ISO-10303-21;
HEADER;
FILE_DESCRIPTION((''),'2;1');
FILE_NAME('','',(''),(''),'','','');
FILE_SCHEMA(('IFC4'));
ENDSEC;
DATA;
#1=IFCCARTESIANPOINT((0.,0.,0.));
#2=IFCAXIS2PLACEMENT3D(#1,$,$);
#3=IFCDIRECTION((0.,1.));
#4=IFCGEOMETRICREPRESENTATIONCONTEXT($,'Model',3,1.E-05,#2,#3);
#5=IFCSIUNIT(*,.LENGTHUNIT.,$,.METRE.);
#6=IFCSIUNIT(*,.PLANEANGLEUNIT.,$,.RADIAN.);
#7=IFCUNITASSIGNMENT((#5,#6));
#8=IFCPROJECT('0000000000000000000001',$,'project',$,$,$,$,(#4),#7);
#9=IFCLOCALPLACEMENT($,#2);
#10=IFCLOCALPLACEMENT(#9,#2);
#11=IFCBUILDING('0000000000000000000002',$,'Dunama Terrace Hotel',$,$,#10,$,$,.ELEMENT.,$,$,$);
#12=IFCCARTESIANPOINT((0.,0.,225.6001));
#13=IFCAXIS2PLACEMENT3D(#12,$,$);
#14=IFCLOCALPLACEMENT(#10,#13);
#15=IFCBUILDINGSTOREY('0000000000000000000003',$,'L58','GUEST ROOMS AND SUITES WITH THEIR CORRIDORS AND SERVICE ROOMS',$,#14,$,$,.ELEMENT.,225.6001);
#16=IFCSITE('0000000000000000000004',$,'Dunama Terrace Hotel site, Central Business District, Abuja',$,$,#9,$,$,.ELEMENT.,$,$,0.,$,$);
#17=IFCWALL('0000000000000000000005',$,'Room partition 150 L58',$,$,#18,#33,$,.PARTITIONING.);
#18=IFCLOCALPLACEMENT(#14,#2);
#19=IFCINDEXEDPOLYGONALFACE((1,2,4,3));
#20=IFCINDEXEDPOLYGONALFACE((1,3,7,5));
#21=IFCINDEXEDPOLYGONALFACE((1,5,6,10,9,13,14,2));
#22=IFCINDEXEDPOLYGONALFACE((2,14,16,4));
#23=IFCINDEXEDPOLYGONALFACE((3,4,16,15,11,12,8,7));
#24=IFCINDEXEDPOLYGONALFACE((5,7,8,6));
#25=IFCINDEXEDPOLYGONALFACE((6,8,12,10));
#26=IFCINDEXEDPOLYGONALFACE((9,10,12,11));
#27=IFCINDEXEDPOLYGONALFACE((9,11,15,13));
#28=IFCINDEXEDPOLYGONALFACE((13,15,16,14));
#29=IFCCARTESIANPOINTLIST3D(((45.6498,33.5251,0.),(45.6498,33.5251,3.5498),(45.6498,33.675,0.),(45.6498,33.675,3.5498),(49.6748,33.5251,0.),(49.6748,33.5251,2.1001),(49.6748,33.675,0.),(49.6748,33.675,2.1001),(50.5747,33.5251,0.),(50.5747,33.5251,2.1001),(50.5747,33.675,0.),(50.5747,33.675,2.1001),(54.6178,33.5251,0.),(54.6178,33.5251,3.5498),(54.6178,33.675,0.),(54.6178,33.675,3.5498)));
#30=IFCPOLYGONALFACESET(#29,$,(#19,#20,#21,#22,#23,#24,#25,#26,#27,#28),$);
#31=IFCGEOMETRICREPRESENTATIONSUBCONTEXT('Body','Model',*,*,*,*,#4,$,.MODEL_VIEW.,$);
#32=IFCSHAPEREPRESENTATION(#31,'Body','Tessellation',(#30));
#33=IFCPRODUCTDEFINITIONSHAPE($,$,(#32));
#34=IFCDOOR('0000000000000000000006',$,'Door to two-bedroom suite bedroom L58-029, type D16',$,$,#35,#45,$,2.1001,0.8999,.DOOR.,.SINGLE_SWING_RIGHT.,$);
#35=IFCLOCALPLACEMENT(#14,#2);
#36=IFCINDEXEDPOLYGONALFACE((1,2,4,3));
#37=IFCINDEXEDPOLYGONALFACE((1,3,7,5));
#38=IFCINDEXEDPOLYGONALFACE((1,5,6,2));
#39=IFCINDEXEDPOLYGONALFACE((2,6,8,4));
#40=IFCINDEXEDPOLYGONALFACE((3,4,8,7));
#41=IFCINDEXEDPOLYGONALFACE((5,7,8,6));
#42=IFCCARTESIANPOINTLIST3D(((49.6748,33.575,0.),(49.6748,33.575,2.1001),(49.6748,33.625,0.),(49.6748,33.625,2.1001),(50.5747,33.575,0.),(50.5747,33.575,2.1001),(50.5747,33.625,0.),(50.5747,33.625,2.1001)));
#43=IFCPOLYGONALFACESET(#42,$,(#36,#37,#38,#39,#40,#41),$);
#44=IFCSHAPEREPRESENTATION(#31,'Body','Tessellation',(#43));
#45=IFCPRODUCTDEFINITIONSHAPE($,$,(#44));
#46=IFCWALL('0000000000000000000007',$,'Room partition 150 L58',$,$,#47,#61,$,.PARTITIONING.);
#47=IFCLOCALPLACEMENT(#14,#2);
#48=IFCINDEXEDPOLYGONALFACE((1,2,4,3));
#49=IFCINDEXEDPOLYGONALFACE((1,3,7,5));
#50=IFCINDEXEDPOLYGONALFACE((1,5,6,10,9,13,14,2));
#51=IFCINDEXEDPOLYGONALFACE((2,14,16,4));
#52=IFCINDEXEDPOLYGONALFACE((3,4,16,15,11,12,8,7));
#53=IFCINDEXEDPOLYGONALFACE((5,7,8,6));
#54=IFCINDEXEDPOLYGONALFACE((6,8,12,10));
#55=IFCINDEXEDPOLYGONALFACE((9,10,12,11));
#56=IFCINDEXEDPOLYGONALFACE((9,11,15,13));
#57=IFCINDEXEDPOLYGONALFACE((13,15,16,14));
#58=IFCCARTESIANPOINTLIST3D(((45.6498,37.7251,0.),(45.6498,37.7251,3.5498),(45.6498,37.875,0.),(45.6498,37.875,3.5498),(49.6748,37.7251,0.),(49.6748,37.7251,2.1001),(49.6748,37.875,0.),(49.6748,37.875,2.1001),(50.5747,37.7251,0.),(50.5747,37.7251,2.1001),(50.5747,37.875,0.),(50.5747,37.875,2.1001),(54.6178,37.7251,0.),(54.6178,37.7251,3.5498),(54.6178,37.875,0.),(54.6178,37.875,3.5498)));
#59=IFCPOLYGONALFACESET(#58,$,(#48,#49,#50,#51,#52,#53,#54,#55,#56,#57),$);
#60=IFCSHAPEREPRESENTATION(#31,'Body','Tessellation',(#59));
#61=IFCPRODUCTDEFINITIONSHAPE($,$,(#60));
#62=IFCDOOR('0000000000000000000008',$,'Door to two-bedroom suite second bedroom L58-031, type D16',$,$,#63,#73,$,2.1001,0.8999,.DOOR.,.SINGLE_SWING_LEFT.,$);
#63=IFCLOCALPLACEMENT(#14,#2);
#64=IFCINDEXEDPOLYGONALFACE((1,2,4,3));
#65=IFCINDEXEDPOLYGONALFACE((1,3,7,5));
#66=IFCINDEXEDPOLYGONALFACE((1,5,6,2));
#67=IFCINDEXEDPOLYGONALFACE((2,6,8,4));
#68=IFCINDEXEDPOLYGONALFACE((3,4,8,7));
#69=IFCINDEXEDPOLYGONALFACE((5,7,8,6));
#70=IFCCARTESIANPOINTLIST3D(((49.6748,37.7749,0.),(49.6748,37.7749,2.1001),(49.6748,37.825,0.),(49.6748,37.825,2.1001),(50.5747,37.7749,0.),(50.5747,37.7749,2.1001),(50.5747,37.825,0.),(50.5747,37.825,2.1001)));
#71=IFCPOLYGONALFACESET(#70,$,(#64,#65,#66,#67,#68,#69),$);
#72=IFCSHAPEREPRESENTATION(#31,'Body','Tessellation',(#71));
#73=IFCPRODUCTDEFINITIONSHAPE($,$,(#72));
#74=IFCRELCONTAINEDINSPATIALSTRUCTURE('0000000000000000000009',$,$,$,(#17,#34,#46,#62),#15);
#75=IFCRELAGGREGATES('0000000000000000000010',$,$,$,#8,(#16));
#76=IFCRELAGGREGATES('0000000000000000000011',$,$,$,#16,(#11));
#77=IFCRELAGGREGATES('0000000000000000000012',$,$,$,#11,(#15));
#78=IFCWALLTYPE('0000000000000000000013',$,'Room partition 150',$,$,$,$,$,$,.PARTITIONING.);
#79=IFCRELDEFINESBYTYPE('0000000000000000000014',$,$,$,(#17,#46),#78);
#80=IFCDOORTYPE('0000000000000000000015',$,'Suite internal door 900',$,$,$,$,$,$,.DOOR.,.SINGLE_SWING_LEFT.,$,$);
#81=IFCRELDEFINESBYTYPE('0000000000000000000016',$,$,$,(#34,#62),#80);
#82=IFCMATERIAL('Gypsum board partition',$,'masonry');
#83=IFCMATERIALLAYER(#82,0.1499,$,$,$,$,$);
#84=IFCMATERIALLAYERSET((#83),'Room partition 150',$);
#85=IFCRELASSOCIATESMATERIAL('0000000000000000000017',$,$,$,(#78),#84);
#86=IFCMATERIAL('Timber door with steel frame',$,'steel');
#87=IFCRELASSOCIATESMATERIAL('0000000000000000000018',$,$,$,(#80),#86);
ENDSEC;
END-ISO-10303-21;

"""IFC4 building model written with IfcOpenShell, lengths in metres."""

from ifc_helpers import new_model, si_unit, direction, frame, frame_2d, origin, place, context, subcontext, project, spatial, rectangle, extrude, material, layer, layer_set, type_object, element, fill, save


model = new_model("IFC4")

# Units and contexts
model_context = context("Model", 3, precision=1e-05, world=origin(), true_north=direction((0.0, 1.0)))
body_context = subcontext(model_context, "Body", "Model", "MODEL_VIEW")
ifc_project = project(units=[si_unit("LENGTHUNIT", "METRE"), si_unit("PLANEANGLEUNIT", "RADIAN")], contexts=[model_context])

# Site, building, storey
site_placement = place(None, origin())
site = spatial("IfcSite", under=ifc_project, at=site_placement, Name="Dunama Terrace Hotel site, Central Business District, Abuja", CompositionType="ELEMENT", RefElevation=0.0)
building_placement = place(site_placement, origin())
building = spatial("IfcBuilding", under=site, at=building_placement, Name="Dunama Terrace Hotel", CompositionType="ELEMENT")
storey_placement = place(building_placement, frame((0.0, 0.0, 225.6001)))
storey = spatial("IfcBuildingStorey", under=building, at=storey_placement, Name="L58", Description="GUEST ROOMS AND SUITES WITH THEIR CORRIDORS AND SERVICE ROOMS", CompositionType="ELEMENT", Elevation=225.6001)

# Walls, openings, doors
ifc_material_1 = material(Name="Gypsum board partition", Category="masonry")
ifc_layer_1 = layer(ifc_material_1, 0.1499)
ifc_layer_set_1 = layer_set([ifc_layer_1], Name="Room partition 150")
wall_type_1 = type_object("IfcWallType", Name="Room partition 150", PredefinedType="PARTITIONING", material=ifc_layer_set_1)
ifc_material_2 = material(Name="Timber door with steel frame", Category="steel")
door_type_1 = type_object("IfcDoorType", Name="Suite internal door 900", OperationType="SINGLE_SWING_LEFT", PredefinedType="DOOR", material=ifc_material_2)
wall_1_placement = place(storey_placement, frame((45.6499, 33.6001, 0.0), z_axis=(0.0, 0.0, 1.0), x_axis=(1.0, 0.0, 0.0)))
wall_1 = element("IfcWall", 1, at=wall_1_placement, inside=storey, type_object=wall_type_1, Name="Room partition 150 L58", PredefinedType="PARTITIONING", context=body_context, shape_type="SweptSolid", body=[
    extrude(rectangle(XDim=8.968, YDim=0.1499, at=frame_2d((4.4839, 0.0))), origin(), (0.0, 0.0, 1.0), 3.5498),
])
opening_1_placement = place(wall_1_placement, frame((4.0249, 0.0, 0.0)))
opening_1 = element("IfcOpeningElement", 2, at=opening_1_placement, cuts=wall_1, PredefinedType="OPENING", context=body_context, shape_type="SweptSolid", body=[
    extrude(rectangle(XDim=0.8999, YDim=2.1001, at=frame_2d((0.45, 1.05))), frame((0.0, 0.085, 0.0), z_axis=(0.0, -1.0, 0.0), x_axis=(1.0, 0.0, 0.0)), (0.0, 0.0, 1.0), 0.1699),
])
door_1_placement = place(opening_1_placement, frame((0.8999, 0.0, 0.0), z_axis=(0.0, 0.0, 1.0), x_axis=(-1.0, 0.0, 0.0)))
door_1 = element("IfcDoor", 3, at=door_1_placement, inside=storey, type_object=door_type_1, Name="Door to two-bedroom suite bedroom L58-029, type D16", OperationType="SINGLE_SWING_RIGHT", OverallHeight=2.1001, OverallWidth=0.8999, PredefinedType="DOOR", context=body_context, shape_type="SweptSolid", body=[
    extrude(rectangle(XDim=0.8999, YDim=2.1001, at=frame_2d((0.45, 1.05))), frame((0.0, 0.0251, 0.0), z_axis=(0.0, -1.0, 0.0), x_axis=(1.0, 0.0, 0.0)), (0.0, 0.0, 1.0), 0.05),
])
fill(opening_1, door_1)
wall_2_placement = place(storey_placement, frame((45.6499, 37.8, 0.0), z_axis=(0.0, 0.0, 1.0), x_axis=(1.0, 0.0, 0.0)))
wall_2 = element("IfcWall", 4, at=wall_2_placement, inside=storey, type_object=wall_type_1, Name="Room partition 150 L58", PredefinedType="PARTITIONING", context=body_context, shape_type="SweptSolid", body=[
    extrude(rectangle(XDim=8.968, YDim=0.1499, at=frame_2d((4.4839, 0.0))), origin(), (0.0, 0.0, 1.0), 3.5498),
])
opening_2_placement = place(wall_2_placement, frame((4.0249, 0.0, 0.0)))
opening_2 = element("IfcOpeningElement", 5, at=opening_2_placement, cuts=wall_2, PredefinedType="OPENING", context=body_context, shape_type="SweptSolid", body=[
    extrude(rectangle(XDim=0.8999, YDim=2.1001, at=frame_2d((0.45, 1.05))), frame((0.0, 0.085, 0.0), z_axis=(0.0, -1.0, 0.0), x_axis=(1.0, 0.0, 0.0)), (0.0, 0.0, 1.0), 0.1699),
])
door_2_placement = place(opening_2_placement, origin())
door_2 = element("IfcDoor", 6, at=door_2_placement, inside=storey, type_object=door_type_1, Name="Door to two-bedroom suite second bedroom L58-031, type D16", OperationType="SINGLE_SWING_LEFT", OverallHeight=2.1001, OverallWidth=0.8999, PredefinedType="DOOR", context=body_context, shape_type="SweptSolid", body=[
    extrude(rectangle(XDim=0.8999, YDim=2.1001, at=frame_2d((0.45, 1.05))), frame((0.0, 0.0249, 0.0), z_axis=(0.0, -1.0, 0.0), x_axis=(1.0, 0.0, 0.0)), (0.0, 0.0, 1.0), 0.05),
])
fill(opening_2, door_2)

save(model, "model.ifc")
